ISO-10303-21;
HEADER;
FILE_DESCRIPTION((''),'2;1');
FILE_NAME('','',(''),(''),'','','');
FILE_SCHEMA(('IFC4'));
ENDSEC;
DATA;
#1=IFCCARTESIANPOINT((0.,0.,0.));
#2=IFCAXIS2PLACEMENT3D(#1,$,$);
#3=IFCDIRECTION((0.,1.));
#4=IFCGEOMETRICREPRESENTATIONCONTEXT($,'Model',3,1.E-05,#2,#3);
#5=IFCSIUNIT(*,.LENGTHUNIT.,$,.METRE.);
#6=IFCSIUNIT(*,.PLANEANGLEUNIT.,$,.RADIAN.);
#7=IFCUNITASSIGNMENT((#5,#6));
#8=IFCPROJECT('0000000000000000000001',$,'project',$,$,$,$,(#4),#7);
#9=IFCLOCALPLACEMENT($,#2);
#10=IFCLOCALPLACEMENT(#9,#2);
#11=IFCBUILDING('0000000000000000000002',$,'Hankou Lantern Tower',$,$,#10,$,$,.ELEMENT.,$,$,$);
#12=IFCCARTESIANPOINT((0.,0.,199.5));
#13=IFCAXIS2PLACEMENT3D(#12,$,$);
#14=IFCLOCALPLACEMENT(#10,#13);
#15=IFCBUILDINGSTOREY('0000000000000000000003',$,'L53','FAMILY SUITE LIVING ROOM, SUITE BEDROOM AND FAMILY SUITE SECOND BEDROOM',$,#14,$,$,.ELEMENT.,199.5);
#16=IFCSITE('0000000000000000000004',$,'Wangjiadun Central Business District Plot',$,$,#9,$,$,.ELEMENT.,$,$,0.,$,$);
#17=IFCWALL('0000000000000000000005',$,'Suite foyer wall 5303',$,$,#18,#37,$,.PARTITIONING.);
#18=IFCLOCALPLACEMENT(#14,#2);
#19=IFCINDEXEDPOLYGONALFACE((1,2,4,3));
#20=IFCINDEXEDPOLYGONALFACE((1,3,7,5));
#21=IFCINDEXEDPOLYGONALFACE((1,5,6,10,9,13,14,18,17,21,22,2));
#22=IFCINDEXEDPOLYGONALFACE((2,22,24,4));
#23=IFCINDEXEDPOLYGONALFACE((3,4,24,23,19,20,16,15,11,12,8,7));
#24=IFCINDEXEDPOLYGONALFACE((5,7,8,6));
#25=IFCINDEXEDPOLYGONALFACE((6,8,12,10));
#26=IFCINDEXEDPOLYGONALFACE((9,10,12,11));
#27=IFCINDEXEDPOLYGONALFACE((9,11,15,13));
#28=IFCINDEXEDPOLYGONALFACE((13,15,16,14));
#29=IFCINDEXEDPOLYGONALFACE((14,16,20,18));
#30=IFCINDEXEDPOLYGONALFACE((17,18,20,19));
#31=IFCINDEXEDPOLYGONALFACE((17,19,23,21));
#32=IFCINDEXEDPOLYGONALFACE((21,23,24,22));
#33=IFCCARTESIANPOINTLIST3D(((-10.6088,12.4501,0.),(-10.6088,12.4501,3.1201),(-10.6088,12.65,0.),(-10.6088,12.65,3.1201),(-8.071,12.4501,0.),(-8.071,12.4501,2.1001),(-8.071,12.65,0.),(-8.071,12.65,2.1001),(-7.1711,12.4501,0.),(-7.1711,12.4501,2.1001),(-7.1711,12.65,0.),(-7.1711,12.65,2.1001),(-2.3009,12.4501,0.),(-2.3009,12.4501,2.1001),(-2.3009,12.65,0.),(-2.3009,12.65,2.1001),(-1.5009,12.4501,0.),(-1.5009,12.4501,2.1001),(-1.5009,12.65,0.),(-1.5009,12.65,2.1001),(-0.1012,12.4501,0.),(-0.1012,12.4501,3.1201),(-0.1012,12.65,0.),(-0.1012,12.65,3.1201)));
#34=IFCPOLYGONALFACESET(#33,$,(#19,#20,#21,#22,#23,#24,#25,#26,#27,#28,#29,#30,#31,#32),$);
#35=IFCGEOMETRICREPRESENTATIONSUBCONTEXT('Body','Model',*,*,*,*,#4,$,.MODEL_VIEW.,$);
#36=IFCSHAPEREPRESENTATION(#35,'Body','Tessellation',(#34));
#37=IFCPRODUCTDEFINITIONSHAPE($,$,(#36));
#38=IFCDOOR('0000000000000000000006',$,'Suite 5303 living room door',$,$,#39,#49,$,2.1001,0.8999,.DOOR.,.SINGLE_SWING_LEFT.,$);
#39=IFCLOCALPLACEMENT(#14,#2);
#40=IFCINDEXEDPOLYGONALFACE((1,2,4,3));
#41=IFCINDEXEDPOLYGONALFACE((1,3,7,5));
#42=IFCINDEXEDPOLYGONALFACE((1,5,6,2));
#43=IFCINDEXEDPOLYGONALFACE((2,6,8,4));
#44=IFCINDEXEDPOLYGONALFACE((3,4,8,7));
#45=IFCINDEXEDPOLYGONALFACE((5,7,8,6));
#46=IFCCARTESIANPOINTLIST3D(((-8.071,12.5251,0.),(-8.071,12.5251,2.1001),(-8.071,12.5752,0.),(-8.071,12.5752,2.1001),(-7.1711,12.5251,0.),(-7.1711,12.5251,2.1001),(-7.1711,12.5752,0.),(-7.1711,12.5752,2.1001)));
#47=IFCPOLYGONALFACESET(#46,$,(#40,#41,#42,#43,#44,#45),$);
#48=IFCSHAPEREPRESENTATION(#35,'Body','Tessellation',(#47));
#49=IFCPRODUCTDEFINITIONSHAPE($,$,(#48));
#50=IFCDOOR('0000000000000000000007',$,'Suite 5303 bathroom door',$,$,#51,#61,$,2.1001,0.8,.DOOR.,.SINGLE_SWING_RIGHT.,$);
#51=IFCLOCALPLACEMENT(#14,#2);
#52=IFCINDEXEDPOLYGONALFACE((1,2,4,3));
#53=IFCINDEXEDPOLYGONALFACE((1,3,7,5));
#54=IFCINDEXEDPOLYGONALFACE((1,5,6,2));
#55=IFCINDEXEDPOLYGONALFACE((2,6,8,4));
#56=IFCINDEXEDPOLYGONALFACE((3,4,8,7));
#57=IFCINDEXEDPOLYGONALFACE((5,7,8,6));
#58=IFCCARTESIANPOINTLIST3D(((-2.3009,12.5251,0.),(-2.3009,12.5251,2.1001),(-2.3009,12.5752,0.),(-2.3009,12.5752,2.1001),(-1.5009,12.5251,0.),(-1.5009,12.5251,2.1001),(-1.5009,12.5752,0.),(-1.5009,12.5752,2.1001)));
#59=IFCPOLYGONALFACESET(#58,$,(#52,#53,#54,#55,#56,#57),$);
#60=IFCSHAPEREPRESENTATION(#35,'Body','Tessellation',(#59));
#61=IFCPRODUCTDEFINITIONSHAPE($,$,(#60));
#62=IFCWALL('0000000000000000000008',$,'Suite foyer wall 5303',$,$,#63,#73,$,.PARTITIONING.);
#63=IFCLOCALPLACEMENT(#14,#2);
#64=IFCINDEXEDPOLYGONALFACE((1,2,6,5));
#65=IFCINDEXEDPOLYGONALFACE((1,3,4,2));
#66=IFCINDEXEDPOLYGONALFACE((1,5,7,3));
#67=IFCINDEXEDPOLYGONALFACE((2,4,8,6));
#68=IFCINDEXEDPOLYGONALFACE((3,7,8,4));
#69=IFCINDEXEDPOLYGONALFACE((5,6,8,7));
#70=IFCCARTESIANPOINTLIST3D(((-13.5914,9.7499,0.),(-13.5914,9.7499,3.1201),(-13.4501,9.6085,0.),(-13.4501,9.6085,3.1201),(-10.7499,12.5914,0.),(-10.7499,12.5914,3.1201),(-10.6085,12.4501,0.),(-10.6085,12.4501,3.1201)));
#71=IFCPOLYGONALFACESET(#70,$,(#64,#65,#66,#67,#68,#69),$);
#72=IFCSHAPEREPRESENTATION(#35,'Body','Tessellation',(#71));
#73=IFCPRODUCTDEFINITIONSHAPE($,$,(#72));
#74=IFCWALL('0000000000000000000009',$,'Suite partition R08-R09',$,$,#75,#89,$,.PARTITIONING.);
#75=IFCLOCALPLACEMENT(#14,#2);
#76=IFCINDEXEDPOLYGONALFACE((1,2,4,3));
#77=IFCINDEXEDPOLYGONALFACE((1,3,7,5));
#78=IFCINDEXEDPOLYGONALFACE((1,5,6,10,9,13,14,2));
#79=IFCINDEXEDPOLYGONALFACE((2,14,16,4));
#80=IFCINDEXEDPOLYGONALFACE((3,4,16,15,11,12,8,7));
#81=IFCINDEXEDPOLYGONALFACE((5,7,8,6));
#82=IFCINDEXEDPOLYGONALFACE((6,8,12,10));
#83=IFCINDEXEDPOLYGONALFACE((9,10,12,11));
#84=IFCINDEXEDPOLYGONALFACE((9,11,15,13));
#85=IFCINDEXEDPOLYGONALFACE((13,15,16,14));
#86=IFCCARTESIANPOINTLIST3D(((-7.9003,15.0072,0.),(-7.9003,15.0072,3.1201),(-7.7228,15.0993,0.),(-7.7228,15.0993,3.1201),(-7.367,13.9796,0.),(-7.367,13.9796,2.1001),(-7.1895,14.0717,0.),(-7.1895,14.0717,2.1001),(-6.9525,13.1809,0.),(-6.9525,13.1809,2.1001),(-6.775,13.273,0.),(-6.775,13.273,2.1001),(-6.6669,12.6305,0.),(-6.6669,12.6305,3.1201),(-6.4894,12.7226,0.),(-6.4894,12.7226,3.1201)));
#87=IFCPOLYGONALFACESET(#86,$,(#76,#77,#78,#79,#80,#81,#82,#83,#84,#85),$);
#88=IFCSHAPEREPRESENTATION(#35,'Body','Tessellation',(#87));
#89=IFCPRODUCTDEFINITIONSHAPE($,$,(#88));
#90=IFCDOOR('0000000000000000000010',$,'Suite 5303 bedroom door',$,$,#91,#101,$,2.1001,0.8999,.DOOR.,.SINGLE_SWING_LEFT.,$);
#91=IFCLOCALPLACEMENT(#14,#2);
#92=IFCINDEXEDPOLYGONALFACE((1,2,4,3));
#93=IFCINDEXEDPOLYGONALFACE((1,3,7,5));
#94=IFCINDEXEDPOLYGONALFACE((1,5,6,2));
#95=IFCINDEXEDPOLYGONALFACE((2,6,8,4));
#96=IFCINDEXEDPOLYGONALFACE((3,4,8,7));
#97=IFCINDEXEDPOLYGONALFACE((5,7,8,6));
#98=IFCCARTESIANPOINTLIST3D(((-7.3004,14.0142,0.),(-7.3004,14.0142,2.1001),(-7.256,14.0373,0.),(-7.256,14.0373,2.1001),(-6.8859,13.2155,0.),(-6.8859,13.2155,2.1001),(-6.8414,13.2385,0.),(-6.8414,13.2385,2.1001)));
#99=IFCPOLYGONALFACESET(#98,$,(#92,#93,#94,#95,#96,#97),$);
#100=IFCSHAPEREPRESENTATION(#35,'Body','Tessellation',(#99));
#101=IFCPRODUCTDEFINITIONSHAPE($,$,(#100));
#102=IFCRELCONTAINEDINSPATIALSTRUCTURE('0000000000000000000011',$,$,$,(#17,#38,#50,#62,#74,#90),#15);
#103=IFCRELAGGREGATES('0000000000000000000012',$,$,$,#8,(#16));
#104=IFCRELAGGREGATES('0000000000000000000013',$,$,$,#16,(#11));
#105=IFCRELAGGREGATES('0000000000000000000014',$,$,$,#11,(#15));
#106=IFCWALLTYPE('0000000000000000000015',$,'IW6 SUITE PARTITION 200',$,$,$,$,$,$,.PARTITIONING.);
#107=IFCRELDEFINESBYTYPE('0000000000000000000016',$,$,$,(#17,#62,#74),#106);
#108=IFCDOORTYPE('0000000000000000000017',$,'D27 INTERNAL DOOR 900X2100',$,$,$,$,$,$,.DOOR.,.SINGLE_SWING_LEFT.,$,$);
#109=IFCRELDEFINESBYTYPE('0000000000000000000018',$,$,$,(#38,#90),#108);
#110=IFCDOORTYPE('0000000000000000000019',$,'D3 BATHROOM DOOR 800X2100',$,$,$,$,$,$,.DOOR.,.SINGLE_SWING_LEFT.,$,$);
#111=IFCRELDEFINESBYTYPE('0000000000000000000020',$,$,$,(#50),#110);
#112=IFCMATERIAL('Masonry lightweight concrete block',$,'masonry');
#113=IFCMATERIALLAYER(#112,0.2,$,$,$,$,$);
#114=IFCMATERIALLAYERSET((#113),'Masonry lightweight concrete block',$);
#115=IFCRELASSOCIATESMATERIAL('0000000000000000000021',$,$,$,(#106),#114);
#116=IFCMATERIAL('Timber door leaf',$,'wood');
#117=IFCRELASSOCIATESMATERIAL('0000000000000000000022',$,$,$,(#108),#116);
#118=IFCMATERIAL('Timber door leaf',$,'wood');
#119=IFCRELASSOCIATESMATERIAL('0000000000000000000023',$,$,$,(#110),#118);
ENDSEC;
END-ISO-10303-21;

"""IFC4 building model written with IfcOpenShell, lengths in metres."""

from ifc_helpers import new_model, si_unit, direction, frame, frame_2d, origin, place, context, subcontext, project, spatial, rectangle, extrude, material, layer, layer_set, type_object, element, fill, save


model = new_model("IFC4")

# Units and contexts
model_context = context("Model", 3, precision=1e-05, world=origin(), true_north=direction((0.0, 1.0)))
body_context = subcontext(model_context, "Body", "Model", "MODEL_VIEW")
ifc_project = project(units=[si_unit("LENGTHUNIT", "METRE"), si_unit("PLANEANGLEUNIT", "RADIAN")], contexts=[model_context])

# Site, building, storey
site_placement = place(None, origin())
site = spatial("IfcSite", under=ifc_project, at=site_placement, Name="Wangjiadun Central Business District Plot", CompositionType="ELEMENT", RefElevation=0.0)
building_placement = place(site_placement, origin())
building = spatial("IfcBuilding", under=site, at=building_placement, Name="Hankou Lantern Tower", CompositionType="ELEMENT")
storey_placement = place(building_placement, frame((0.0, 0.0, 199.5)))
storey = spatial("IfcBuildingStorey", under=building, at=storey_placement, Name="L53", Description="FAMILY SUITE LIVING ROOM, SUITE BEDROOM AND FAMILY SUITE SECOND BEDROOM", CompositionType="ELEMENT", Elevation=199.5)

# Wall, openings, doors
ifc_material_1 = material(Name="Masonry lightweight concrete block", Category="masonry")
ifc_layer_1 = layer(ifc_material_1, 0.2)
ifc_layer_set_1 = layer_set([ifc_layer_1], Name="Masonry lightweight concrete block")
wall_type_1 = type_object("IfcWallType", Name="IW6 SUITE PARTITION 200", PredefinedType="PARTITIONING", material=ifc_layer_set_1)
wall_1_placement = place(storey_placement, frame((-0.1011, 12.55, 0.0), z_axis=(0.0, 0.0, 1.0), x_axis=(-1.0, 0.0, 0.0)))
wall_1 = element("IfcWall", 1, at=wall_1_placement, inside=storey, type_object=wall_type_1, Name="Suite foyer wall 5303", PredefinedType="PARTITIONING", context=body_context, shape_type="SweptSolid", body=[
    extrude(rectangle(XDim=10.5076, YDim=0.2, at=frame_2d((5.2539, 0.0))), origin(), (0.0, 0.0, 1.0), 3.1201),
])
opening_1_placement = place(wall_1_placement, frame((1.3999, 0.0, 0.0)))
opening_1 = element("IfcOpeningElement", 2, at=opening_1_placement, cuts=wall_1, PredefinedType="OPENING", context=body_context, shape_type="SweptSolid", body=[
    extrude(rectangle(XDim=0.8, YDim=2.1001, at=frame_2d((0.3999, 1.05))), frame((0.0, 0.1099, 0.0), z_axis=(0.0, -1.0, 0.0), x_axis=(1.0, 0.0, 0.0)), (0.0, 0.0, 1.0), 0.22),
])
opening_2_placement = place(wall_1_placement, frame((7.0701, 0.0, 0.0)))
opening_2 = element("IfcOpeningElement", 3, at=opening_2_placement, cuts=wall_1, PredefinedType="OPENING", context=body_context, shape_type="SweptSolid", body=[
    extrude(rectangle(XDim=0.8999, YDim=2.1001, at=frame_2d((0.45, 1.05))), frame((0.0, 0.1099, 0.0), z_axis=(0.0, -1.0, 0.0), x_axis=(1.0, 0.0, 0.0)), (0.0, 0.0, 1.0), 0.22),
])
ifc_material_2 = material(Name="Timber door leaf", Category="wood")
door_type_1 = type_object("IfcDoorType", Name="D27 INTERNAL DOOR 900X2100", OperationType="SINGLE_SWING_LEFT", PredefinedType="DOOR", material=ifc_material_2)
door_1_placement = place(opening_2_placement, origin())
door_1 = element("IfcDoor", 4, at=door_1_placement, inside=storey, type_object=door_type_1, Name="Suite 5303 living room door", OperationType="SINGLE_SWING_LEFT", OverallHeight=2.1001, OverallWidth=0.8999, PredefinedType="DOOR", context=body_context, shape_type="SweptSolid", body=[
    extrude(rectangle(XDim=0.8999, YDim=2.1001, at=frame_2d((0.45, 1.05))), frame((0.0, 0.0249, 0.0), z_axis=(0.0, -1.0, 0.0), x_axis=(1.0, 0.0, 0.0)), (0.0, 0.0, 1.0), 0.05),
])
fill(opening_2, door_1)
ifc_material_3 = material(Name="Timber door leaf", Category="wood")
door_type_2 = type_object("IfcDoorType", Name="D3 BATHROOM DOOR 800X2100", OperationType="SINGLE_SWING_LEFT", PredefinedType="DOOR", material=ifc_material_3)
door_2_placement = place(opening_1_placement, origin())
door_2 = element("IfcDoor", 5, at=door_2_placement, inside=storey, type_object=door_type_2, Name="Suite 5303 bathroom door", OperationType="SINGLE_SWING_RIGHT", OverallHeight=2.1001, OverallWidth=0.8, PredefinedType="DOOR", context=body_context, shape_type="SweptSolid", body=[
    extrude(rectangle(XDim=0.8, YDim=2.1001, at=frame_2d((0.3999, 1.05))), frame((0.0, 0.0249, 0.0), z_axis=(0.0, -1.0, 0.0), x_axis=(1.0, 0.0, 0.0)), (0.0, 0.0, 1.0), 0.05),
])
fill(opening_1, door_2)

# Wall
wall_2_placement = place(storey_placement, frame((-10.6792, 12.5208, 0.0), z_axis=(0.0, 0.0, 1.0), x_axis=(-0.707107, -0.707107, 0.0)))
element("IfcWall", 6, at=wall_2_placement, inside=storey, type_object=wall_type_1, Name="Suite foyer wall 5303", PredefinedType="PARTITIONING", context=body_context, shape_type="SweptSolid", body=[
    extrude(rectangle(XDim=4.0186, YDim=0.2, at=frame_2d((2.0093, 0.0))), origin(), (0.0, 0.0, 1.0), 3.1201),
])

# Wall, opening, door
wall_3_placement = place(storey_placement, frame((-6.5781, 12.6765, 0.0), z_axis=(0.0, 0.0, 1.0), x_axis=(-0.460621, 0.887597, 0.0)))
wall_3 = element("IfcWall", 7, at=wall_3_placement, inside=storey, type_object=wall_type_1, Name="Suite partition R08-R09", PredefinedType="PARTITIONING", context=body_context, shape_type="SweptSolid", body=[
    extrude(rectangle(XDim=2.6777, YDim=0.2, at=frame_2d((1.3389, 0.0))), origin(), (0.0, 0.0, 1.0), 3.1201),
])
opening_3_placement = place(wall_3_placement, frame((0.6201, 0.0, 0.0)))
opening_3 = element("IfcOpeningElement", 8, at=opening_3_placement, cuts=wall_3, PredefinedType="OPENING", context=body_context, shape_type="SweptSolid", body=[
    extrude(rectangle(XDim=0.8999, YDim=2.1001, at=frame_2d((0.45, 1.05))), frame((0.0, 0.1099, 0.0), z_axis=(0.0, -1.0, 0.0), x_axis=(1.0, 0.0, 0.0)), (0.0, 0.0, 1.0), 0.22),
])
door_3_placement = place(opening_3_placement, origin())
door_3 = element("IfcDoor", 9, at=door_3_placement, inside=storey, type_object=door_type_1, Name="Suite 5303 bedroom door", OperationType="SINGLE_SWING_LEFT", OverallHeight=2.1001, OverallWidth=0.8999, PredefinedType="DOOR", context=body_context, shape_type="SweptSolid", body=[
    extrude(rectangle(XDim=0.8999, YDim=2.1001, at=frame_2d((0.45, 1.05))), frame((0.0, 0.0249, 0.0), z_axis=(0.0, -1.0, 0.0), x_axis=(1.0, 0.0, 0.0)), (0.0, 0.0, 1.0), 0.05),
])
fill(opening_3, door_3)

save(model, "model.ifc")
